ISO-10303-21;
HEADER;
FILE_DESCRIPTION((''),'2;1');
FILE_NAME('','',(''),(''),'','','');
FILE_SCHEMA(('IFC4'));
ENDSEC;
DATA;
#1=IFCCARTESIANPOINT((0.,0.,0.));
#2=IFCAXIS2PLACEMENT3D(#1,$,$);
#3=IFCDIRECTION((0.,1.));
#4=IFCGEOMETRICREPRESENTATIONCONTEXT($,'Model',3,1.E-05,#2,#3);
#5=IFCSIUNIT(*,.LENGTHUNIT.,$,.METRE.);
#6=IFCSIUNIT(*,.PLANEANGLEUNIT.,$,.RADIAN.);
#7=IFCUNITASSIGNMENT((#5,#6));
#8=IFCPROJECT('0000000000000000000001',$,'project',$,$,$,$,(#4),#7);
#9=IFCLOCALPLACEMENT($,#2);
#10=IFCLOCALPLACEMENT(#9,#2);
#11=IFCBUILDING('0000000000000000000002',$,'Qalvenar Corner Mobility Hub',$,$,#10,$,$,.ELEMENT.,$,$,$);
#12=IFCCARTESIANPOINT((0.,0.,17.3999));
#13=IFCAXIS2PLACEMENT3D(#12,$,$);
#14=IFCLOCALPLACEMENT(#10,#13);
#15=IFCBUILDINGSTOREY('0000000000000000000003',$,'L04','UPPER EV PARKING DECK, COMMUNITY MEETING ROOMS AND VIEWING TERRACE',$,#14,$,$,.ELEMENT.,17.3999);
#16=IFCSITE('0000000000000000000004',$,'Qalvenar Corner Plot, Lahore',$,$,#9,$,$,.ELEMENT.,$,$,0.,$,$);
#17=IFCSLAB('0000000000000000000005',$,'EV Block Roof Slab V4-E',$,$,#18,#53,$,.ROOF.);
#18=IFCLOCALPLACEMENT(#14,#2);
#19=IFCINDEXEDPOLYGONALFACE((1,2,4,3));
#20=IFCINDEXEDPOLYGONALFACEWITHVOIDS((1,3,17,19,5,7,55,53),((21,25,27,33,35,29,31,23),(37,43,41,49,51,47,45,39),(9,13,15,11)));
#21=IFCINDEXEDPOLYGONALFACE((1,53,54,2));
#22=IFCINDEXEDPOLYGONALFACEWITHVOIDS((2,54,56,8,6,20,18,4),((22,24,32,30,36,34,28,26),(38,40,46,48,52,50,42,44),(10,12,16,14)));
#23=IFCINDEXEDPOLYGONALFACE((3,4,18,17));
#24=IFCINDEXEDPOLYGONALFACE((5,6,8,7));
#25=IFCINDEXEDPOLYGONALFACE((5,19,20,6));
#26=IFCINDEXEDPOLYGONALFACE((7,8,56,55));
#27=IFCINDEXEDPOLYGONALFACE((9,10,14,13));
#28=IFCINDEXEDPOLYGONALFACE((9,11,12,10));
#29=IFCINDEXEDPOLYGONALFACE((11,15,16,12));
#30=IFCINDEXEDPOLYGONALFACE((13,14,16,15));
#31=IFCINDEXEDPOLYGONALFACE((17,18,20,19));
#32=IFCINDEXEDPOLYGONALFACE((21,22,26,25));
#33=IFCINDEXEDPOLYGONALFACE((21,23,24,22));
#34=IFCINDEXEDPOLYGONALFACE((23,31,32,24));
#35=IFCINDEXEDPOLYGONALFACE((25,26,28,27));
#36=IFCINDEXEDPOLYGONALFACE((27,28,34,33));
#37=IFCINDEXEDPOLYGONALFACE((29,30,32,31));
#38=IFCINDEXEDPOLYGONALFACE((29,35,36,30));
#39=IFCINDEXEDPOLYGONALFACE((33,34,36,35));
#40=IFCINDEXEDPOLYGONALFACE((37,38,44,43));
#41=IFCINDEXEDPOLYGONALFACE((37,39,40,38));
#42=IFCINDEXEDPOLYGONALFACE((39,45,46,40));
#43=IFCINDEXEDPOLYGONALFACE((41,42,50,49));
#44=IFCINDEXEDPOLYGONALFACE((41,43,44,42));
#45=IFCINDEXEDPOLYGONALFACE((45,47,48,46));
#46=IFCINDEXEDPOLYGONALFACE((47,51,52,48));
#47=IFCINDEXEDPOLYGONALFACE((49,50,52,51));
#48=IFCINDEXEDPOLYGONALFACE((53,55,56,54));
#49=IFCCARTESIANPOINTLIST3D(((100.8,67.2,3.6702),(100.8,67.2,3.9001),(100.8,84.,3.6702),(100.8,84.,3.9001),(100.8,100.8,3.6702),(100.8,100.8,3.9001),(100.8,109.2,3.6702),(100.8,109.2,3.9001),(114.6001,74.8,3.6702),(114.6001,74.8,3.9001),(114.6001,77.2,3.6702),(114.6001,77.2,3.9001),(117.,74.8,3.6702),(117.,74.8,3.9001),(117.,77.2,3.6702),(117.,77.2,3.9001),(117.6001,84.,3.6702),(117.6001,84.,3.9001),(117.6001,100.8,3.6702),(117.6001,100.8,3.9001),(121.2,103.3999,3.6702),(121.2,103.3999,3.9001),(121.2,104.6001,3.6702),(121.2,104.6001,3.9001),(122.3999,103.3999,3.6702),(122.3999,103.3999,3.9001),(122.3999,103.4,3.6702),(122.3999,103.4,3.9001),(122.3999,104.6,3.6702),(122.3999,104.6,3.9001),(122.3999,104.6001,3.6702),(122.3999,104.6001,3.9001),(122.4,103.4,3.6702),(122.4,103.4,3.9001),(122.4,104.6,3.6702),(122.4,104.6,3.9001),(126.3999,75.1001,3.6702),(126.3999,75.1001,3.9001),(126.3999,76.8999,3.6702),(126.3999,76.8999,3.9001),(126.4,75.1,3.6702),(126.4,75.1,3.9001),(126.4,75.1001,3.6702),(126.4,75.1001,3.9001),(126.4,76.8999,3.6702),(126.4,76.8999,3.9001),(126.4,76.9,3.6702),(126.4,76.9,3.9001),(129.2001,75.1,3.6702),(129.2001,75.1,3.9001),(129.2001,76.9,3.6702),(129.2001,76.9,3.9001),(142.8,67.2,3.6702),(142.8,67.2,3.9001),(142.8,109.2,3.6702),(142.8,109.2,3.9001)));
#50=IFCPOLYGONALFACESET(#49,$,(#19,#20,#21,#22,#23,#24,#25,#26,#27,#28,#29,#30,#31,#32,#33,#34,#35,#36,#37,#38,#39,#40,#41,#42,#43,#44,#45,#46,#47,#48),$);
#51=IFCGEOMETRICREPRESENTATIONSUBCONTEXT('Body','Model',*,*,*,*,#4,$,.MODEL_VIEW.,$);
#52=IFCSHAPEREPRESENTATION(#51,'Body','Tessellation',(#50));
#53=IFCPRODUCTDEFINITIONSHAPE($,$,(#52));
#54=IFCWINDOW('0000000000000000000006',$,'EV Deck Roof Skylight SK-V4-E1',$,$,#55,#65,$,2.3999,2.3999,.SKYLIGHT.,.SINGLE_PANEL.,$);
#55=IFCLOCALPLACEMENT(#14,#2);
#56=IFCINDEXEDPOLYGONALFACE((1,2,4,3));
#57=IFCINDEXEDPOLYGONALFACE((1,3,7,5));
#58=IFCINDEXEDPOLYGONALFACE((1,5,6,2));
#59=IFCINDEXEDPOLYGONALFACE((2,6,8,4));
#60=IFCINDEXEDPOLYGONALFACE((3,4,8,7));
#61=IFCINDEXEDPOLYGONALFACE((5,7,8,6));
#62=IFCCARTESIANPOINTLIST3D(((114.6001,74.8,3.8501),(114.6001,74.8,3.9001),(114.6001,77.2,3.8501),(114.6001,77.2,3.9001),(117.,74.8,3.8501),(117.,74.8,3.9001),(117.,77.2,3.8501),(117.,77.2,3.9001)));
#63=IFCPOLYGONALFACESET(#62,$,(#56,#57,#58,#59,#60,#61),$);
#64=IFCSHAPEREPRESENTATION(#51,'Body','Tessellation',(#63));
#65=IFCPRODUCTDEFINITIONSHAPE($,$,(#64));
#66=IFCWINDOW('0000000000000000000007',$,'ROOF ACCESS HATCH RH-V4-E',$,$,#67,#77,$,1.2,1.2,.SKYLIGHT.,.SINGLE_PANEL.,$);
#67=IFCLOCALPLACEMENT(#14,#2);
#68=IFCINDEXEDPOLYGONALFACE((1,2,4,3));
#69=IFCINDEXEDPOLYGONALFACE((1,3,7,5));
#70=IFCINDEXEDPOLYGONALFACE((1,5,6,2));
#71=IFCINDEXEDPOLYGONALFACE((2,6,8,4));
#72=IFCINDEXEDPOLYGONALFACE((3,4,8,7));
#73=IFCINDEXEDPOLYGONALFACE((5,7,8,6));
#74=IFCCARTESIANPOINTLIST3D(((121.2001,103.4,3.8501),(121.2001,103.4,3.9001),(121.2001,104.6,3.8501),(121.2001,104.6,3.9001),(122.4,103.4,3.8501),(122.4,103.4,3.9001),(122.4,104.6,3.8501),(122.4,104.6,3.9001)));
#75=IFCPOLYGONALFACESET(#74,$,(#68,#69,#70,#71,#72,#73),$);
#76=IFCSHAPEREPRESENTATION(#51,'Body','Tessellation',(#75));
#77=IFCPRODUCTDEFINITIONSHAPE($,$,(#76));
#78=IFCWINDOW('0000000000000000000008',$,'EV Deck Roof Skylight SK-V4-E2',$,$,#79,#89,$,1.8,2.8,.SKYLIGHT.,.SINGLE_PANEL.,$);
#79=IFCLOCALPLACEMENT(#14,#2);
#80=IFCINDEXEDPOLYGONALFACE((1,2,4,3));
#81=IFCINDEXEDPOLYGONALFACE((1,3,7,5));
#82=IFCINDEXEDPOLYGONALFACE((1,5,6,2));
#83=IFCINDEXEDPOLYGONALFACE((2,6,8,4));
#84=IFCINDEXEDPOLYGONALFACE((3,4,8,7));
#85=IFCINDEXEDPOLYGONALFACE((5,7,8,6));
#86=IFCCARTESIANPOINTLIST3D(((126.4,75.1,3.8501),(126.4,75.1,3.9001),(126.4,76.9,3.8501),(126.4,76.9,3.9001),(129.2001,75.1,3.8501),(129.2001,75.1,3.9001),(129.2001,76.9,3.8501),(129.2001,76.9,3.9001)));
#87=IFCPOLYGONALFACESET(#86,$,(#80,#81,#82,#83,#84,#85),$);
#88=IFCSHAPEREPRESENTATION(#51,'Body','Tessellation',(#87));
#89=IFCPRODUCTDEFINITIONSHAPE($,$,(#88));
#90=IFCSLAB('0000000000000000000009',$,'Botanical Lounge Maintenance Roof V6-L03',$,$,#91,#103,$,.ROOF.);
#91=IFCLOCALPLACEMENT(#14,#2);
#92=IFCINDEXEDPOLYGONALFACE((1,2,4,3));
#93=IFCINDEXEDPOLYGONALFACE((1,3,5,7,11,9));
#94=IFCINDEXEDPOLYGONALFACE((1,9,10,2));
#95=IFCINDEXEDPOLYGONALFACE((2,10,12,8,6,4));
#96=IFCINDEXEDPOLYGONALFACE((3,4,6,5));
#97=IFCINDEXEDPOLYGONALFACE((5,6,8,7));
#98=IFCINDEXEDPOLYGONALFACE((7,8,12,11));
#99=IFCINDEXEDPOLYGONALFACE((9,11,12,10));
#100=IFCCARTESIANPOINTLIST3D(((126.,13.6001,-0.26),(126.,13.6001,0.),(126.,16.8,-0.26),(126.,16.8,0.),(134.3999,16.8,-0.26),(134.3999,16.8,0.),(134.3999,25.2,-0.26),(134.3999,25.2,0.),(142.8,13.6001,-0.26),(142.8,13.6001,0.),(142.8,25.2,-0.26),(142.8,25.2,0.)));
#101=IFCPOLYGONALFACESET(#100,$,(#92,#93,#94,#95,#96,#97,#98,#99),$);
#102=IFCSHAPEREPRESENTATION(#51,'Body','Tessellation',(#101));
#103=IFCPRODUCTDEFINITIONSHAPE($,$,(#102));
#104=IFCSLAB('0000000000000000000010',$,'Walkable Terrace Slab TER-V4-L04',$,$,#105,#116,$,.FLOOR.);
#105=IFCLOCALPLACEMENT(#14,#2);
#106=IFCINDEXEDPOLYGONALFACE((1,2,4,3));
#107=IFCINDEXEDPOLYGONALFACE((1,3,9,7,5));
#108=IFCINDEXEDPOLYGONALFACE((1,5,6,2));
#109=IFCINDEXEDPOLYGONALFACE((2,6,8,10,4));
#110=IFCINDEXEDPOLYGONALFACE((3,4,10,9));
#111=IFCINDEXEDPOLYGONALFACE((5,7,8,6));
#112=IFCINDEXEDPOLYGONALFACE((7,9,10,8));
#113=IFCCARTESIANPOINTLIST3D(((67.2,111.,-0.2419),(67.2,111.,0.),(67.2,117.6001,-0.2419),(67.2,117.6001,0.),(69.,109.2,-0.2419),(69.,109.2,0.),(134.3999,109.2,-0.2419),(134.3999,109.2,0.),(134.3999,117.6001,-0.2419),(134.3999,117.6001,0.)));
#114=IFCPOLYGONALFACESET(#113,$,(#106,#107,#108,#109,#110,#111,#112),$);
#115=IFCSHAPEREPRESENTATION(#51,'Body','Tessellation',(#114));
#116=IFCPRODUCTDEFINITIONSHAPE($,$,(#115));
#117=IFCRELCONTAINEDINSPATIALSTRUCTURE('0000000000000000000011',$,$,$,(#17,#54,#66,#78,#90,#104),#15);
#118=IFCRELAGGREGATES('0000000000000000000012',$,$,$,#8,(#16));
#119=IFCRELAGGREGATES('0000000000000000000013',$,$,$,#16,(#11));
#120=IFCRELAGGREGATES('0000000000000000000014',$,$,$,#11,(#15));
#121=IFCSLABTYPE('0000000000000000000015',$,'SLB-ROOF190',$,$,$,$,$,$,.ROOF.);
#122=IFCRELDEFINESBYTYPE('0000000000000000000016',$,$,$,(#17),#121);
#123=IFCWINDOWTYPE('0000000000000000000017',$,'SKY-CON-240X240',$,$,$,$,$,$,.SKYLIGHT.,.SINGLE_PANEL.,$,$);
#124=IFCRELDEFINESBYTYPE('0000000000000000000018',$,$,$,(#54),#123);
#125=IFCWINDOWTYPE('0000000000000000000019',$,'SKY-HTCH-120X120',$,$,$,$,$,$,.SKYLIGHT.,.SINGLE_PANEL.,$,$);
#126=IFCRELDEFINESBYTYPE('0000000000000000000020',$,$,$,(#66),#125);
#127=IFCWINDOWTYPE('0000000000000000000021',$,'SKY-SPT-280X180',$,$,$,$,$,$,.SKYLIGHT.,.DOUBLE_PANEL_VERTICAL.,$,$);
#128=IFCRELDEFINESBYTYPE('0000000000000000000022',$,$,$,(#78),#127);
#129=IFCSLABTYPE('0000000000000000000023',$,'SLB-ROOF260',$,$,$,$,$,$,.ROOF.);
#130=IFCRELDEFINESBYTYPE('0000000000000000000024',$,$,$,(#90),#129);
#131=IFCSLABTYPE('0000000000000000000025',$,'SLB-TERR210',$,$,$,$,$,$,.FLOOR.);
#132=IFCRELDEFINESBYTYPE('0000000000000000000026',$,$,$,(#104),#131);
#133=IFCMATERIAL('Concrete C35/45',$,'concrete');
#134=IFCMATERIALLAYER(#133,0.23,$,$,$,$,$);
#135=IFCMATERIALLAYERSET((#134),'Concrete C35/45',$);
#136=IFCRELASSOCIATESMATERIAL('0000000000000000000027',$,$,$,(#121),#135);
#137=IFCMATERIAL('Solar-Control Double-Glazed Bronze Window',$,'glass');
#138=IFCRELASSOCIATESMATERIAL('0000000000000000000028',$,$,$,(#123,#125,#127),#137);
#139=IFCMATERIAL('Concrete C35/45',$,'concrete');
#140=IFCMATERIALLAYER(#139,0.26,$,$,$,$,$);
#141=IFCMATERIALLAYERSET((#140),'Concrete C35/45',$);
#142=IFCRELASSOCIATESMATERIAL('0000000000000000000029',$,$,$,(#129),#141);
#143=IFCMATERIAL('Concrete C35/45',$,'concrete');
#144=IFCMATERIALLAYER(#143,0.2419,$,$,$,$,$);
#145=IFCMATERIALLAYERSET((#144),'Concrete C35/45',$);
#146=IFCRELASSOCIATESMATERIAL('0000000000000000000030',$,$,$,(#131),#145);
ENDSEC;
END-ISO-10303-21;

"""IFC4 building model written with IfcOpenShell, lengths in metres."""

from ifc_helpers import new_model, si_unit, direction, frame, origin, origin_2d, place, context, subcontext, project, spatial, polyline, rectangle, outline, extrude, material, layer, layer_set, type_object, element, fill, save


model = new_model("IFC4")

# Units and contexts
model_context = context("Model", 3, precision=1e-05, world=origin(), true_north=direction((0.0, 1.0)))
body_context = subcontext(model_context, "Body", "Model", "MODEL_VIEW")
ifc_project = project(units=[si_unit("LENGTHUNIT", "METRE"), si_unit("PLANEANGLEUNIT", "RADIAN")], contexts=[model_context])

# Site, building, storey
site_placement = place(None, origin())
site = spatial("IfcSite", under=ifc_project, at=site_placement, Name="Qalvenar Corner Plot, Lahore", CompositionType="ELEMENT", RefElevation=0.0)
building_placement = place(site_placement, origin())
building = spatial("IfcBuilding", under=site, at=building_placement, Name="Qalvenar Corner Mobility Hub", CompositionType="ELEMENT")
storey_placement = place(building_placement, frame((0.0, 0.0, 17.3999)))
storey = spatial("IfcBuildingStorey", under=building, at=storey_placement, Name="L04", Description="UPPER EV PARKING DECK, COMMUNITY MEETING ROOMS AND VIEWING TERRACE", CompositionType="ELEMENT", Elevation=17.3999)

# Slab, openings, windows
ifc_material_1 = material(Name="Concrete C35/45", Category="concrete")
ifc_layer_1 = layer(ifc_material_1, 0.23)
ifc_layer_set_1 = layer_set([ifc_layer_1], Name="Concrete C35/45")
slab_type_1 = type_object("IfcSlabType", Name="SLB-ROOF190", PredefinedType="ROOF", material=ifc_layer_set_1)
ifc_material_2 = material(Name="Solar-Control Double-Glazed Bronze Window", Category="glass")
window_type_1 = type_object("IfcWindowType", Name="SKY-CON-240X240", PartitioningType="SINGLE_PANEL", PredefinedType="SKYLIGHT", material=ifc_material_2)
window_type_2 = type_object("IfcWindowType", Name="SKY-HTCH-120X120", PartitioningType="SINGLE_PANEL", PredefinedType="SKYLIGHT", material=ifc_material_2)
window_type_3 = type_object("IfcWindowType", Name="SKY-SPT-280X180", PartitioningType="DOUBLE_PANEL_VERTICAL", PredefinedType="SKYLIGHT", material=ifc_material_2)
slab_1_placement = place(storey_placement, frame((0.0, 0.0, 3.6702)))
slab_1 = element("IfcSlab", 1, at=slab_1_placement, inside=storey, type_object=slab_type_1, Name="EV Block Roof Slab V4-E", PredefinedType="ROOF", context=body_context, shape_type="SweptSolid", body=[
    extrude(outline(polyline([(100.8, 67.2), (142.8, 67.2), (142.8, 109.2), (100.8, 109.2), (100.8, 100.8), (117.6001, 100.8), (117.6001, 84.0), (100.8, 84.0), (100.8, 67.2)]), holes=[polyline([(114.6001, 74.8), (117.0, 74.8), (117.0, 77.2), (114.6001, 77.2), (114.6001, 74.8)]), polyline([(126.3999, 75.1001), (129.2, 75.1001), (129.2, 76.8999), (126.3999, 76.8999), (126.3999, 75.1001)]), polyline([(121.2, 103.3999), (122.3999, 103.3999), (122.3999, 104.6001), (121.2, 104.6001), (121.2, 103.3999)])]), origin(), (0.0, 0.0, 1.0), 0.23),
])
opening_1_placement = place(slab_1_placement, frame((115.8, 76.0, 0.0)))
opening_1 = element("IfcOpeningElement", 2, at=opening_1_placement, cuts=slab_1, PredefinedType="OPENING", context=body_context, shape_type="SweptSolid", body=[
    extrude(rectangle(XDim=2.3999, YDim=2.3999, at=origin_2d()), origin(), (0.0, 0.0, 1.0), 0.23),
])
opening_2_placement = place(slab_1_placement, frame((127.8, 76.0, 0.0)))
opening_2 = element("IfcOpeningElement", 3, at=opening_2_placement, cuts=slab_1, PredefinedType="OPENING", context=body_context, shape_type="SweptSolid", body=[
    extrude(rectangle(XDim=2.8, YDim=1.8, at=origin_2d()), origin(), (0.0, 0.0, 1.0), 0.23),
])
opening_3_placement = place(slab_1_placement, frame((121.8, 104.0, 0.0)))
opening_3 = element("IfcOpeningElement", 4, at=opening_3_placement, cuts=slab_1, PredefinedType="OPENING", context=body_context, shape_type="SweptSolid", body=[
    extrude(rectangle(XDim=1.2, YDim=1.2, at=origin_2d()), origin(), (0.0, 0.0, 1.0), 0.23),
])
window_1_placement = place(opening_1_placement, frame((0.0, 0.0, 0.1799)))
window_1 = element("IfcWindow", 5, at=window_1_placement, inside=storey, type_object=window_type_1, Name="EV Deck Roof Skylight SK-V4-E1", OverallHeight=2.3999, OverallWidth=2.3999, PartitioningType="SINGLE_PANEL", PredefinedType="SKYLIGHT", context=body_context, shape_type="SweptSolid", body=[
    extrude(rectangle(XDim=2.3999, YDim=2.3999, at=origin_2d()), origin(), (0.0, 0.0, 1.0), 0.05),
])
fill(opening_1, window_1)
window_2_placement = place(opening_3_placement, frame((0.0, 0.0, 0.1799)))
window_2 = element("IfcWindow", 6, at=window_2_placement, inside=storey, type_object=window_type_2, Name="ROOF ACCESS HATCH RH-V4-E", OverallHeight=1.2, OverallWidth=1.2, PartitioningType="SINGLE_PANEL", PredefinedType="SKYLIGHT", context=body_context, shape_type="SweptSolid", body=[
    extrude(rectangle(XDim=1.2, YDim=1.2, at=origin_2d()), origin(), (0.0, 0.0, 1.0), 0.05),
])
fill(opening_3, window_2)
window_3_placement = place(opening_2_placement, frame((0.0, 0.0, 0.1799)))
window_3 = element("IfcWindow", 7, at=window_3_placement, inside=storey, type_object=window_type_3, Name="EV Deck Roof Skylight SK-V4-E2", OverallHeight=1.8, OverallWidth=2.8, PartitioningType="SINGLE_PANEL", PredefinedType="SKYLIGHT", context=body_context, shape_type="SweptSolid", body=[
    extrude(rectangle(XDim=2.8, YDim=1.8, at=origin_2d()), origin(), (0.0, 0.0, 1.0), 0.05),
])
fill(opening_2, window_3)

# Slabs
ifc_material_3 = material(Name="Concrete C35/45", Category="concrete")
ifc_layer_2 = layer(ifc_material_3, 0.26)
ifc_layer_set_2 = layer_set([ifc_layer_2], Name="Concrete C35/45")
slab_type_2 = type_object("IfcSlabType", Name="SLB-ROOF260", PredefinedType="ROOF", material=ifc_layer_set_2)
slab_2_placement = place(storey_placement, frame((0.0, 0.0, -0.26)))
element("IfcSlab", 8, at=slab_2_placement, inside=storey, type_object=slab_type_2, Name="Botanical Lounge Maintenance Roof V6-L03", PredefinedType="ROOF", context=body_context, shape_type="SweptSolid", body=[
    extrude(outline(polyline([(126.0, 13.6001), (142.8, 13.6001), (142.8, 25.2), (134.3999, 25.2), (134.3999, 16.8), (126.0, 16.8), (126.0, 13.6001)])), origin(), (0.0, 0.0, 1.0), 0.26),
])
ifc_material_4 = material(Name="Concrete C35/45", Category="concrete")
ifc_layer_3 = layer(ifc_material_4, 0.2419)
ifc_layer_set_3 = layer_set([ifc_layer_3], Name="Concrete C35/45")
slab_type_3 = type_object("IfcSlabType", Name="SLB-TERR210", PredefinedType="FLOOR", material=ifc_layer_set_3)
slab_3_placement = place(storey_placement, frame((0.0, 0.0, -0.2419)))
element("IfcSlab", 9, at=slab_3_placement, inside=storey, type_object=slab_type_3, Name="Walkable Terrace Slab TER-V4-L04", PredefinedType="FLOOR", context=body_context, shape_type="SweptSolid", body=[
    extrude(outline(polyline([(69.0, 109.2), (134.3999, 109.2), (134.3999, 117.6001), (67.2, 117.6001), (67.2, 111.0), (69.0, 109.2)])), origin(), (0.0, 0.0, 1.0), 0.2419),
])

save(model, "model.ifc")
